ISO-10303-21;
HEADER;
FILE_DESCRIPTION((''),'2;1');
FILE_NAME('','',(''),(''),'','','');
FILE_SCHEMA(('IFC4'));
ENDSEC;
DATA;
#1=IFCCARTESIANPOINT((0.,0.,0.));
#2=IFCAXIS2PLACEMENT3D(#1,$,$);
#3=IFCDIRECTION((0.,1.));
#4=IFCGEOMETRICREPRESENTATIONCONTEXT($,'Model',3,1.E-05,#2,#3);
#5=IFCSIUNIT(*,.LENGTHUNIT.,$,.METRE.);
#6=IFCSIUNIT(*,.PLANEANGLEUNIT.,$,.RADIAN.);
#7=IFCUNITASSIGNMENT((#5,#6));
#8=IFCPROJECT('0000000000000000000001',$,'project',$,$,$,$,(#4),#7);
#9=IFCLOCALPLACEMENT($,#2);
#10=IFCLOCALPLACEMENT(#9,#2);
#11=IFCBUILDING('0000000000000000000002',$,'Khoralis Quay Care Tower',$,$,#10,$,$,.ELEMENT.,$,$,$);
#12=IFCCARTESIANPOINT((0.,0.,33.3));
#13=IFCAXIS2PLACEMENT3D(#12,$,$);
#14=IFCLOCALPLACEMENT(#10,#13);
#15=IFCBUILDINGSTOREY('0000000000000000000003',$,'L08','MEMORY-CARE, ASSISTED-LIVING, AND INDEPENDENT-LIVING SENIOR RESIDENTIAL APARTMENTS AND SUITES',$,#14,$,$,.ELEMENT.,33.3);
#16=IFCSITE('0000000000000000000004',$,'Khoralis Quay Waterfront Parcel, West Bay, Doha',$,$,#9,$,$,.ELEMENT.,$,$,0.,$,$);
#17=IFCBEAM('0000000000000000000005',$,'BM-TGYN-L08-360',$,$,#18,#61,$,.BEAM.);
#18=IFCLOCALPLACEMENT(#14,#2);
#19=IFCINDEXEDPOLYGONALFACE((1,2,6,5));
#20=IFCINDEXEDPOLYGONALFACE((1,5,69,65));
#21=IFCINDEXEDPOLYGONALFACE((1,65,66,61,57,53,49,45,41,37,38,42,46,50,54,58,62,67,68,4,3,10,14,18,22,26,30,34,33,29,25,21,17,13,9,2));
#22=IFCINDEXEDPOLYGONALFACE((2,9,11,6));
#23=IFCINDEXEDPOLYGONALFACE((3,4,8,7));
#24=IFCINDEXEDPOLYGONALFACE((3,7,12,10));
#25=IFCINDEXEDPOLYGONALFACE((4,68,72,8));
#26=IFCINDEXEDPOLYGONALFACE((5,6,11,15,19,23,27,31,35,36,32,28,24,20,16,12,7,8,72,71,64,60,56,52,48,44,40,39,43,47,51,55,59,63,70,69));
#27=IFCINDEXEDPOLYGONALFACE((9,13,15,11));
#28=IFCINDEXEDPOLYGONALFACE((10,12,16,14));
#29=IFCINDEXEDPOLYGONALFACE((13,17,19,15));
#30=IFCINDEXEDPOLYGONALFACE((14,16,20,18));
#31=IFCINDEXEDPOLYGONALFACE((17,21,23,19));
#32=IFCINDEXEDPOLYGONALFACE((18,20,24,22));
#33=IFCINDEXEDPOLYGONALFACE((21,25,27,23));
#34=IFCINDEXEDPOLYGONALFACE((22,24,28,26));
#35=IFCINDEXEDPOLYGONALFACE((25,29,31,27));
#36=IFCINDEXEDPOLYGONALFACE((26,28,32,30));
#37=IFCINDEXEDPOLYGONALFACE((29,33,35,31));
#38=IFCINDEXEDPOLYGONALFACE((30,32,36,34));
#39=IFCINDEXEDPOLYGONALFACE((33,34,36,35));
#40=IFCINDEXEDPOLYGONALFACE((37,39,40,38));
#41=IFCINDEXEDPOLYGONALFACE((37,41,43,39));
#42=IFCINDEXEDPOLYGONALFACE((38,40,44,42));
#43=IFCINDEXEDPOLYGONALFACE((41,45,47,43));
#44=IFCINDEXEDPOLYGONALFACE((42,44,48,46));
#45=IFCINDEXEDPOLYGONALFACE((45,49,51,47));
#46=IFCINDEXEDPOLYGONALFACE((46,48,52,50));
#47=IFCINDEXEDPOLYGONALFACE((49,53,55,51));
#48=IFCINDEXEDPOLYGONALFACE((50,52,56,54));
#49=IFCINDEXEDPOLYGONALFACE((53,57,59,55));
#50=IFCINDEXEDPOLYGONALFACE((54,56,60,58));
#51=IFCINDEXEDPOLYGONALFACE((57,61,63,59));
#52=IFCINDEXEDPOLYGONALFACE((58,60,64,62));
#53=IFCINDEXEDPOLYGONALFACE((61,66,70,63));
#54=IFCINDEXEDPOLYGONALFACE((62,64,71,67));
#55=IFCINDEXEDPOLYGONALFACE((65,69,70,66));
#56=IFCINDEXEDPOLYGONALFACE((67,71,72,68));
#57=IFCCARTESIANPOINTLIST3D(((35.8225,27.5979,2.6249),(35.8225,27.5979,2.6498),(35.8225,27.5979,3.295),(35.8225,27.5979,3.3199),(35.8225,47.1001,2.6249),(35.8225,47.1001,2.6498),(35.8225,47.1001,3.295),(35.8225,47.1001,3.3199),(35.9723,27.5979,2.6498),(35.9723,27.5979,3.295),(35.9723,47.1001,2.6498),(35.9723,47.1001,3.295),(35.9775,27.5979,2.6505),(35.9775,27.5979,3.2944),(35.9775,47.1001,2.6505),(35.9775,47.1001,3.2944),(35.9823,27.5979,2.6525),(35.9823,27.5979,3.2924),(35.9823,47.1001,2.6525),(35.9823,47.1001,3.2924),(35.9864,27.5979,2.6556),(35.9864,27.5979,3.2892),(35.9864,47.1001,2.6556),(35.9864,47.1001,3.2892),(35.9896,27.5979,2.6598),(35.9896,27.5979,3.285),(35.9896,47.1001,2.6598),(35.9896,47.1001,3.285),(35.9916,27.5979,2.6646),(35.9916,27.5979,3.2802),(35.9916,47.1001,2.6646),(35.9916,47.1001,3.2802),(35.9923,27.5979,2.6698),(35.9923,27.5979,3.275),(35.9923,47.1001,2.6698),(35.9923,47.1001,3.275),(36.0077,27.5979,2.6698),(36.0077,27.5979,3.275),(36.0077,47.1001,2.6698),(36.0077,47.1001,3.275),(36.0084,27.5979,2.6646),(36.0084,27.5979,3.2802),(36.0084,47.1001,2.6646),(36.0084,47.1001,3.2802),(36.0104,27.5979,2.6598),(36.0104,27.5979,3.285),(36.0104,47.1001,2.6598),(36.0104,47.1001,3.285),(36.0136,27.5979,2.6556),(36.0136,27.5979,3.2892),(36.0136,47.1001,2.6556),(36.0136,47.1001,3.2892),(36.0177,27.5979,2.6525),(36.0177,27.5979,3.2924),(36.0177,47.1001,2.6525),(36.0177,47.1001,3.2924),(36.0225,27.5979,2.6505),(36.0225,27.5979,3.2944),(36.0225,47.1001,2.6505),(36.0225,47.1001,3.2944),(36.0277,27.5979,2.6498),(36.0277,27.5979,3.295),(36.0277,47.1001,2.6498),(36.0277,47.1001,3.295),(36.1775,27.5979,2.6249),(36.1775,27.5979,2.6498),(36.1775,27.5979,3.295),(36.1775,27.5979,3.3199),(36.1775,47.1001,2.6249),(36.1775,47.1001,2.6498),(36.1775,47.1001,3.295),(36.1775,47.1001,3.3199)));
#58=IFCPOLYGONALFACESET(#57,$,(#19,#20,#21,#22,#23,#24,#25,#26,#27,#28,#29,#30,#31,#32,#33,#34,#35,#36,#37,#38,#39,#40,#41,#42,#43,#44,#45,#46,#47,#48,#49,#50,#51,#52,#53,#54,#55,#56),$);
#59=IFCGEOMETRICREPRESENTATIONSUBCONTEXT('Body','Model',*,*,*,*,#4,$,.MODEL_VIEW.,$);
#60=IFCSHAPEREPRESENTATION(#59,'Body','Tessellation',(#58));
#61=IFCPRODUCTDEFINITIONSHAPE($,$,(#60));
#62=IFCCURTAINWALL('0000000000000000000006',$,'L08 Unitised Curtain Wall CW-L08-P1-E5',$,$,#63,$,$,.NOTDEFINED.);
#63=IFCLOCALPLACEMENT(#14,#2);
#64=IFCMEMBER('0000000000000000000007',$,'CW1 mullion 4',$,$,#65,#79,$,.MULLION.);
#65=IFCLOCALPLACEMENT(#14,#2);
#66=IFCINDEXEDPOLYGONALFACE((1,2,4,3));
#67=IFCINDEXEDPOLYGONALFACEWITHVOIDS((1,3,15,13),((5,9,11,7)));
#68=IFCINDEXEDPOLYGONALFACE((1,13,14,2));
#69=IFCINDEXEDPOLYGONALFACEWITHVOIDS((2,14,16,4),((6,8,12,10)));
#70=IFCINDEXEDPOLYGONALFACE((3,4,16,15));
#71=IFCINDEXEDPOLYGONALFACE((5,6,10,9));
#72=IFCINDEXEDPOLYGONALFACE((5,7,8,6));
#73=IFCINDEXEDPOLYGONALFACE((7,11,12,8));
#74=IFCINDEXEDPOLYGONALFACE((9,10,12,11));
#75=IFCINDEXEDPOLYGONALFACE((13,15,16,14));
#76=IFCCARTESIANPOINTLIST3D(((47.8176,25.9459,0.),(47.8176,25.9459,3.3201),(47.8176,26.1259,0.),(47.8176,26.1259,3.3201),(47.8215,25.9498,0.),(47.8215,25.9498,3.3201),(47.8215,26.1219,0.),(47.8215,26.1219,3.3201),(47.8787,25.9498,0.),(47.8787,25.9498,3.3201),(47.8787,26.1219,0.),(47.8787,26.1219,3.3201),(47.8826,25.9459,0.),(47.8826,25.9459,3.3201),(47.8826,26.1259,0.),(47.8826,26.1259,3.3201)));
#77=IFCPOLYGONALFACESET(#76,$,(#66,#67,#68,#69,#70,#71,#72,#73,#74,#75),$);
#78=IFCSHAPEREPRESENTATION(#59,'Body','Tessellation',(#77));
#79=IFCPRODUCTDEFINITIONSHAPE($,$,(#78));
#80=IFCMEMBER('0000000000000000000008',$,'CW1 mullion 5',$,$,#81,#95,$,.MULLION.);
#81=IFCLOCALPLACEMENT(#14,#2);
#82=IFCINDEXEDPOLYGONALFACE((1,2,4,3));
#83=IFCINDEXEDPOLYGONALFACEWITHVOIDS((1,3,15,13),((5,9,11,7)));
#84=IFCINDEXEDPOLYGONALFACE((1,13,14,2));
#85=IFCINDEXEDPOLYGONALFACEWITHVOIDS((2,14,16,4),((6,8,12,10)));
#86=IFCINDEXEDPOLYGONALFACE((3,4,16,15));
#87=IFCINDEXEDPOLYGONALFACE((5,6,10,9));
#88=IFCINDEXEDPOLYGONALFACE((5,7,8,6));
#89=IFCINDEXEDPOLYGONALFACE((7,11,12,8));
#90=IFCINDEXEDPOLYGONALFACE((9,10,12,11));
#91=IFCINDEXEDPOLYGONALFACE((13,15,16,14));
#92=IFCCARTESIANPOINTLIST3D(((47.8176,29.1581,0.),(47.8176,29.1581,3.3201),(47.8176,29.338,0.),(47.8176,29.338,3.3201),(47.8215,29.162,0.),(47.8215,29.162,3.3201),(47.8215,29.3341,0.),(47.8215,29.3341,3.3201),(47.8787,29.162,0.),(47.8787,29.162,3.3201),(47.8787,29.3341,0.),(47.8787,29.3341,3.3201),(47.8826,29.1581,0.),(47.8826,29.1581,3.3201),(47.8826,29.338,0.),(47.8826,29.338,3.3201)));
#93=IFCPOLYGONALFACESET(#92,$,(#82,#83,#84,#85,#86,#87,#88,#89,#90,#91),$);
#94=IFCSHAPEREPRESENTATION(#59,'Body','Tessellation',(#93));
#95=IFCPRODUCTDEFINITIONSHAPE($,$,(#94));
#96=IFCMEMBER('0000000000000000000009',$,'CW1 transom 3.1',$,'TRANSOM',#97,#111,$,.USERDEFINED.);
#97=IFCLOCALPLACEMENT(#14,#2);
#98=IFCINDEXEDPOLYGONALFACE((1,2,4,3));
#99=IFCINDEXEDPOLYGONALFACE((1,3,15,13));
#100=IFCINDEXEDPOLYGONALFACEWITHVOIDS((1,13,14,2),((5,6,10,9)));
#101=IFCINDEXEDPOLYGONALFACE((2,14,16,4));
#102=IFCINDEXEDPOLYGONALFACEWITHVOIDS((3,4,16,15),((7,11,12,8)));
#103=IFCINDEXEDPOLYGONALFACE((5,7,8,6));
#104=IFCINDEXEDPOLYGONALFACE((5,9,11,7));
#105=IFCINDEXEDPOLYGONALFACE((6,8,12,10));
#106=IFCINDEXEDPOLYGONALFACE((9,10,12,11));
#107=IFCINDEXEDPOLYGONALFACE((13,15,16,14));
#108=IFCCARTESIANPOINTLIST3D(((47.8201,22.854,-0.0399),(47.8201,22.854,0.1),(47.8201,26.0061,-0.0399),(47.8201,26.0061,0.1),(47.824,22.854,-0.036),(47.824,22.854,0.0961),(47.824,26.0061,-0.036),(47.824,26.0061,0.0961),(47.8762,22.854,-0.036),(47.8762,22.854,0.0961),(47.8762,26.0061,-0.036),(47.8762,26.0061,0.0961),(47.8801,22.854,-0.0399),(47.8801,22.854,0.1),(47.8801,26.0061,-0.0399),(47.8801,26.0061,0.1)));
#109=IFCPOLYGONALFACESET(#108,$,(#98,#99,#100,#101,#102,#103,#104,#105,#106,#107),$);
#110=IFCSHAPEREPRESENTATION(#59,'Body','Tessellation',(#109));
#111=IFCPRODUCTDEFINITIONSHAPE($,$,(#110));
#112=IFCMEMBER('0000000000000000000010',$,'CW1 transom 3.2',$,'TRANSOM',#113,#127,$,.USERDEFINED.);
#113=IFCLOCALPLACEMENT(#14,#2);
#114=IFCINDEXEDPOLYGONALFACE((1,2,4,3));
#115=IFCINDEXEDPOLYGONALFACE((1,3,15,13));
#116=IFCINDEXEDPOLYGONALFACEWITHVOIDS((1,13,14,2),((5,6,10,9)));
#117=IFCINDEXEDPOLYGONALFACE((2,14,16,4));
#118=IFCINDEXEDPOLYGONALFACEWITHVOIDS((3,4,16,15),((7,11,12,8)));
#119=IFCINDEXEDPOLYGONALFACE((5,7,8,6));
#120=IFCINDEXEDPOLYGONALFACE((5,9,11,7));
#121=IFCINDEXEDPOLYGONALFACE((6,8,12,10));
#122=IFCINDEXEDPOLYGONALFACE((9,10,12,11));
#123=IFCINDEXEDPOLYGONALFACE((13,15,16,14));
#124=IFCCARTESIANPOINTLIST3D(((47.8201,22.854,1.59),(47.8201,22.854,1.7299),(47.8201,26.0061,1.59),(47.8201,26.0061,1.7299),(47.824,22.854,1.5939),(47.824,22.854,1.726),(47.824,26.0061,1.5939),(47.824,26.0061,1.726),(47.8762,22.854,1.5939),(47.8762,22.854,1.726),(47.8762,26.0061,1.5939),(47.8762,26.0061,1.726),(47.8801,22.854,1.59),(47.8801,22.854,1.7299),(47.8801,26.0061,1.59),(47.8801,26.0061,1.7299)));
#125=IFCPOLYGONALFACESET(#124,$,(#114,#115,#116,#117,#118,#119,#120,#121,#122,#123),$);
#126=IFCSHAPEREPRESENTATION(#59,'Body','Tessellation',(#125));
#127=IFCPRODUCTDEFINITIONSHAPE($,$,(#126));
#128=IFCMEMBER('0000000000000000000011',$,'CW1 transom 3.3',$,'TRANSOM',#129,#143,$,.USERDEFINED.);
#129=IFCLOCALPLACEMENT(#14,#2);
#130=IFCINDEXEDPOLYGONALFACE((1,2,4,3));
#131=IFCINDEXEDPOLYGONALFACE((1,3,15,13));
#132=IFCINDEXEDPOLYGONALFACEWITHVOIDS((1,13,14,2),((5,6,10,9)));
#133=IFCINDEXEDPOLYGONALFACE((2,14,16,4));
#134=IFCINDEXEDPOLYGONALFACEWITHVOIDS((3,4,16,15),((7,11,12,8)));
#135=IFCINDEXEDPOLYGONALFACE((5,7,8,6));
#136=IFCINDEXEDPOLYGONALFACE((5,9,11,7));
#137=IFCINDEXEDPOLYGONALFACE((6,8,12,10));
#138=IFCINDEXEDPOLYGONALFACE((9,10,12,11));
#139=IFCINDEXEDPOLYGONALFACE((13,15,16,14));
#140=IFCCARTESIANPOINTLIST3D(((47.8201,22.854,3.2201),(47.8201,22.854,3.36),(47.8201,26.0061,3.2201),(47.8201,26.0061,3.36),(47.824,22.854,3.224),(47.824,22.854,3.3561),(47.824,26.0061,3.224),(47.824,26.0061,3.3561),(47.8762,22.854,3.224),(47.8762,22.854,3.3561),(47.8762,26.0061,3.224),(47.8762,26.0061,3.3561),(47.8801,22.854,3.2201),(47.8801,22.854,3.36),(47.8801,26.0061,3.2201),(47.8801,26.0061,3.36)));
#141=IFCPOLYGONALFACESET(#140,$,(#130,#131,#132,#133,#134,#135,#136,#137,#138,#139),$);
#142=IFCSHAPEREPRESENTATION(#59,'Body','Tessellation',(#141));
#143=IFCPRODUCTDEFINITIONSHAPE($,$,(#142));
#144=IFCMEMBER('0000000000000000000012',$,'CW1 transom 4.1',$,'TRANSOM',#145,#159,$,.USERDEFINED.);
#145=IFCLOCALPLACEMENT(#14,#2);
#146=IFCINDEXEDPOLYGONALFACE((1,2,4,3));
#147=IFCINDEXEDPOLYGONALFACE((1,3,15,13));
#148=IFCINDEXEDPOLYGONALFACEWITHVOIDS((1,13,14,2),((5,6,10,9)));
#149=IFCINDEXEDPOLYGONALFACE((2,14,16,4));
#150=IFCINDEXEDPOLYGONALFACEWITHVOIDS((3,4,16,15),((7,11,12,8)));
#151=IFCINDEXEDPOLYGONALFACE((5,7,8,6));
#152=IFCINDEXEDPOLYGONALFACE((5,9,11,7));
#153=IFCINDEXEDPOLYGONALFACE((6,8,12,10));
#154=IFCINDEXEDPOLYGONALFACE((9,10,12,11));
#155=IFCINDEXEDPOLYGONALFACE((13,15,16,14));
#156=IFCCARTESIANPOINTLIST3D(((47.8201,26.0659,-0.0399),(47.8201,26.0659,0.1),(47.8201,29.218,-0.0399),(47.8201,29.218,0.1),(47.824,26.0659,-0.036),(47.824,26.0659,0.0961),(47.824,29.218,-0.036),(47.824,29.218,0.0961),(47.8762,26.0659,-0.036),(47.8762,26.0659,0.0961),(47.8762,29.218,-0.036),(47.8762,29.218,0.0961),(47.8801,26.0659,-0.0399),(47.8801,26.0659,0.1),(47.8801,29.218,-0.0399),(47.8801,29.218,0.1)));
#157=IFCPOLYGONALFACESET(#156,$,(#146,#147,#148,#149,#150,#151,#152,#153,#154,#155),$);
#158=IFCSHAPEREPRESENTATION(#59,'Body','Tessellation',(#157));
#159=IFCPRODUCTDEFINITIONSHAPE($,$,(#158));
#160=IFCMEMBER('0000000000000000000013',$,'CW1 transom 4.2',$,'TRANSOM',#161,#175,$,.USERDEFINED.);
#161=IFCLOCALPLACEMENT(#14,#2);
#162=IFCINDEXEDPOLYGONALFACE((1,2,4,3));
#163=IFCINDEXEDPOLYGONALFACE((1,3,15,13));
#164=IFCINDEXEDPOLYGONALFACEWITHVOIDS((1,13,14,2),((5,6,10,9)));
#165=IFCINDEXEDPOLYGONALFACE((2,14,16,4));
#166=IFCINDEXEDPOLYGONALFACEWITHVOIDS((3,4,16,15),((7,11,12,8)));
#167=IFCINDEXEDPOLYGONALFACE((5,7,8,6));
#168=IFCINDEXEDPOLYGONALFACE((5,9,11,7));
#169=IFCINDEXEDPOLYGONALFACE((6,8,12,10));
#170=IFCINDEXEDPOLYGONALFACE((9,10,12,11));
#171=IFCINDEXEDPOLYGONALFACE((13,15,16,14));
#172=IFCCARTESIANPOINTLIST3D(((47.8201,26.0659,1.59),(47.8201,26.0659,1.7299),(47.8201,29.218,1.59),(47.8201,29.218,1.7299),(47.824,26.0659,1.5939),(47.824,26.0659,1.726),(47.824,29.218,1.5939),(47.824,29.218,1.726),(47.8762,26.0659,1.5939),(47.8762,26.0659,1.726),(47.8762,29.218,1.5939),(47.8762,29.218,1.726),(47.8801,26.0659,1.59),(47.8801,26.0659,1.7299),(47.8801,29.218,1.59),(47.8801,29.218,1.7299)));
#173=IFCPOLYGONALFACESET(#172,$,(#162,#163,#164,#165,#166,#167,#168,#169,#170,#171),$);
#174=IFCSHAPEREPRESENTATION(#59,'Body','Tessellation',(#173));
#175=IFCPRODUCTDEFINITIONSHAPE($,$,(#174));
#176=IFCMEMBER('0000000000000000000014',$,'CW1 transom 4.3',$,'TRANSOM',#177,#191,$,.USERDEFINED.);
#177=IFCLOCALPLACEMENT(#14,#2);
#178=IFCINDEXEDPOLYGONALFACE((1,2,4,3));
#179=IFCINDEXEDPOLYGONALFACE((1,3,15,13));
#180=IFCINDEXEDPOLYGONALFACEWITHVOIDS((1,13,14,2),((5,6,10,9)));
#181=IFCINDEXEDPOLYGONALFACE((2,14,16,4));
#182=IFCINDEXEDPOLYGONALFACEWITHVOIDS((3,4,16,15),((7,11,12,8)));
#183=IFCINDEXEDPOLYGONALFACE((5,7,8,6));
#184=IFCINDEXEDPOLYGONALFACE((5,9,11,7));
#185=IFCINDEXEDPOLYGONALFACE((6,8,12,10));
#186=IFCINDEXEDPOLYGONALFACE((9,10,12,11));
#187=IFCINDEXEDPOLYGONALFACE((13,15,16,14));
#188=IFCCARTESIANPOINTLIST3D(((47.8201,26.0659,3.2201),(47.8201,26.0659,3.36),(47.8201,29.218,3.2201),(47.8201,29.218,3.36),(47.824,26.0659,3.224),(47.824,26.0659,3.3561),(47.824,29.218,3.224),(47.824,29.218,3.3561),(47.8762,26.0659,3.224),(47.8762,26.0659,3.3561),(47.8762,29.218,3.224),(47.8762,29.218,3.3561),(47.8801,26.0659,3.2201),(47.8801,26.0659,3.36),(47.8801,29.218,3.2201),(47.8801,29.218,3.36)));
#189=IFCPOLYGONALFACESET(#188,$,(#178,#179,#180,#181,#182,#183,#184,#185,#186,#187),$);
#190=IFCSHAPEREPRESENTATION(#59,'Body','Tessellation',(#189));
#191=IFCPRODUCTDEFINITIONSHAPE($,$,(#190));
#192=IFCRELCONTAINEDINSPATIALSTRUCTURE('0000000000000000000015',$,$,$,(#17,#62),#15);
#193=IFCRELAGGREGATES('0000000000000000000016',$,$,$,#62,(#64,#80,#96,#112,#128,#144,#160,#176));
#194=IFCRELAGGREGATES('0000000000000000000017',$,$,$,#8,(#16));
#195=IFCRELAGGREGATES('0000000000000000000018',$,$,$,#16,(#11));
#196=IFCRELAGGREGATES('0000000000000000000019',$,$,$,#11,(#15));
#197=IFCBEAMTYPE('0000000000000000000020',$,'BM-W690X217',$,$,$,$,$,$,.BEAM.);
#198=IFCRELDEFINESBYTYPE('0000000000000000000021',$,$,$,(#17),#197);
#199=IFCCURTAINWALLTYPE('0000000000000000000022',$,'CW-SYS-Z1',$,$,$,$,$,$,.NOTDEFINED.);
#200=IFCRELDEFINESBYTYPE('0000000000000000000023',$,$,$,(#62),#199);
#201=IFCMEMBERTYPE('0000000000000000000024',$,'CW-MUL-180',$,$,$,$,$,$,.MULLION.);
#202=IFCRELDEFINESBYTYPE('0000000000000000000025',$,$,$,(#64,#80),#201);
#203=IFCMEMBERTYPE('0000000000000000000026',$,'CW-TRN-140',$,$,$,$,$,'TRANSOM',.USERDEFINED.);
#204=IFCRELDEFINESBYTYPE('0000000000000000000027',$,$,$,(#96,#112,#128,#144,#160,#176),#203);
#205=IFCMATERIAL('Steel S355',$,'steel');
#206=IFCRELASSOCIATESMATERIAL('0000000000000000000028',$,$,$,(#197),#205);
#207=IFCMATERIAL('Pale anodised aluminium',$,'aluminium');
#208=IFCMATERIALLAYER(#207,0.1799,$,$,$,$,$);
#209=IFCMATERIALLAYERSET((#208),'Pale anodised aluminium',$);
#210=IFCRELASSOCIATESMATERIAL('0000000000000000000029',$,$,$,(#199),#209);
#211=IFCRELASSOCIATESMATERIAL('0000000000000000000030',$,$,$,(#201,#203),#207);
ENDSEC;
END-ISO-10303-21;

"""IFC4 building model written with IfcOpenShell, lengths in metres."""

from ifc_helpers import new_model, si_unit, direction, frame, origin, origin_2d, place, context, subcontext, project, spatial, hollow_rectangle, i_section, extrude, source, transform, mapped, material, layer, layer_set, material_profile, profile_set, type_object, element, aggregate, save


model = new_model("IFC4")

# Units and contexts
model_context = context("Model", 3, precision=1e-05, world=origin(), true_north=direction((0.0, 1.0)))
body_context = subcontext(model_context, "Body", "Model", "MODEL_VIEW")
ifc_project = project(units=[si_unit("LENGTHUNIT", "METRE"), si_unit("PLANEANGLEUNIT", "RADIAN")], contexts=[model_context])

# Site, building, storey
site_placement = place(None, origin())
site = spatial("IfcSite", under=ifc_project, at=site_placement, Name="Khoralis Quay Waterfront Parcel, West Bay, Doha", CompositionType="ELEMENT", RefElevation=0.0)
building_placement = place(site_placement, origin())
building = spatial("IfcBuilding", under=site, at=building_placement, Name="Khoralis Quay Care Tower", CompositionType="ELEMENT")
storey_placement = place(building_placement, frame((0.0, 0.0, 33.3)))
storey = spatial("IfcBuildingStorey", under=building, at=storey_placement, Name="L08", Description="MEMORY-CARE, ASSISTED-LIVING, AND INDEPENDENT-LIVING SENIOR RESIDENTIAL APARTMENTS AND SUITES", CompositionType="ELEMENT", Elevation=33.3)

# Beam
ifc_material_1 = material(Name="Steel S355", Category="steel")
ifc_material_profile_1 = material_profile(ifc_material_1, i_section(OverallWidth=0.355, OverallDepth=0.6951, WebThickness=0.0154, FlangeThickness=0.0249, FilletRadius=0.02, at=origin_2d()), Name="Steel S355")
ifc_profile_set_1 = profile_set([ifc_material_profile_1], Name="Steel S355")
beam_type_1 = type_object("IfcBeamType", Name="BM-W690X217", PredefinedType="BEAM", material=ifc_profile_set_1)
shared_shape_1 = source(origin(), body_context, "Body", "SweptSolid", [
    extrude(i_section(OverallWidth=0.355, OverallDepth=0.6951, WebThickness=0.0154, FlangeThickness=0.0249, FilletRadius=0.02, at=origin_2d()), origin(), (0.0, 0.0, 1.0), 19.5022),
])
beam_1_placement = place(storey_placement, frame((36.0, 27.5979, 2.9724), z_axis=(0.0, 1.0, 0.0), x_axis=(-1.0, 0.0, 0.0)))
element("IfcBeam", 1, at=beam_1_placement, inside=storey, type_object=beam_type_1, Name="BM-TGYN-L08-360", PredefinedType="BEAM", context=body_context, shape_type="MappedRepresentation", body=[
    mapped(shared_shape_1, transform((0.0, 0.0, 0.0), scale=1.0)),
])

# Curtain wall, members
ifc_material_2 = material(Name="Pale anodised aluminium", Category="aluminium")
ifc_layer_1 = layer(ifc_material_2, 0.1799)
ifc_layer_set_1 = layer_set([ifc_layer_1], Name="Pale anodised aluminium")
curtain_wall_type = type_object("IfcCurtainWallType", Name="CW-SYS-Z1", PredefinedType="NOTDEFINED", material=ifc_layer_set_1)
curtain_wall_placement = place(storey_placement, origin())
curtain_wall = element("IfcCurtainWall", 2, at=curtain_wall_placement, inside=storey, type_object=curtain_wall_type, Name="L08 Unitised Curtain Wall CW-L08-P1-E5", PredefinedType="NOTDEFINED")
ifc_material_profile_2 = material_profile(ifc_material_2, hollow_rectangle(XDim=0.0649, YDim=0.1799, WallThickness=0.0039, at=origin_2d()), Name="Pale anodised aluminium")
ifc_profile_set_2 = profile_set([ifc_material_profile_2], Name="Pale anodised aluminium")
member_type_1 = type_object("IfcMemberType", Name="CW-MUL-180", PredefinedType="MULLION", material=ifc_profile_set_2)
shared_shape_2 = source(origin(), body_context, "Body", "SweptSolid", [
    extrude(hollow_rectangle(XDim=0.0649, YDim=0.1799, WallThickness=0.0039, at=origin_2d()), origin(), (0.0, 0.0, 1.0), 3.3201),
])
member_1_placement = place(storey_placement, frame((47.8501, 26.0359, 0.0), z_axis=(0.0, 0.0, 1.0), x_axis=(-1.0, 0.0, 0.0)))
member_1 = element("IfcMember", 3, at=member_1_placement, type_object=member_type_1, Name="CW1 mullion 4", PredefinedType="MULLION", context=body_context, shape_type="MappedRepresentation", body=[
    mapped(shared_shape_2, transform((0.0, 0.0, 0.0), scale=1.0)),
])
member_2_placement = place(storey_placement, frame((47.8501, 29.248, 0.0), z_axis=(0.0, 0.0, 1.0), x_axis=(-1.0, 0.0, 0.0)))
member_2 = element("IfcMember", 4, at=member_2_placement, type_object=member_type_1, Name="CW1 mullion 5", PredefinedType="MULLION", context=body_context, shape_type="MappedRepresentation", body=[
    mapped(shared_shape_2, transform((0.0, 0.0, 0.0), scale=1.0)),
])
ifc_material_profile_3 = material_profile(ifc_material_2, hollow_rectangle(XDim=0.0601, YDim=0.1399, WallThickness=0.0039, at=origin_2d()), Name="Pale anodised aluminium")
ifc_profile_set_3 = profile_set([ifc_material_profile_3], Name="Pale anodised aluminium")
member_type_2 = type_object("IfcMemberType", Name="CW-TRN-140", ElementType="TRANSOM", PredefinedType="USERDEFINED", material=ifc_profile_set_3)
shared_shape_3 = source(origin(), body_context, "Body", "SweptSolid", [
    extrude(hollow_rectangle(XDim=0.0601, YDim=0.1399, WallThickness=0.0039, at=origin_2d()), origin(), (0.0, 0.0, 1.0), 3.1521),
])
member_3_placement = place(storey_placement, frame((47.8501, 22.854, 0.03), z_axis=(0.0, 1.0, 0.0), x_axis=(-1.0, 0.0, 0.0)))
member_3 = element("IfcMember", 5, at=member_3_placement, type_object=member_type_2, Name="CW1 transom 3.1", ObjectType="TRANSOM", PredefinedType="USERDEFINED", context=body_context, shape_type="MappedRepresentation", body=[
    mapped(shared_shape_3, transform((0.0, 0.0, 0.0), scale=1.0)),
])
member_4_placement = place(storey_placement, frame((47.8501, 22.854, 1.6599), z_axis=(0.0, 1.0, 0.0), x_axis=(-1.0, 0.0, 0.0)))
member_4 = element("IfcMember", 6, at=member_4_placement, type_object=member_type_2, Name="CW1 transom 3.2", ObjectType="TRANSOM", PredefinedType="USERDEFINED", context=body_context, shape_type="MappedRepresentation", body=[
    mapped(shared_shape_3, transform((0.0, 0.0, 0.0), scale=1.0)),
])
member_5_placement = place(storey_placement, frame((47.8501, 22.854, 3.29), z_axis=(0.0, 1.0, 0.0), x_axis=(-1.0, 0.0, 0.0)))
member_5 = element("IfcMember", 7, at=member_5_placement, type_object=member_type_2, Name="CW1 transom 3.3", ObjectType="TRANSOM", PredefinedType="USERDEFINED", context=body_context, shape_type="MappedRepresentation", body=[
    mapped(shared_shape_3, transform((0.0, 0.0, 0.0), scale=1.0)),
])
member_6_placement = place(storey_placement, frame((47.8501, 26.0659, 0.03), z_axis=(0.0, 1.0, 0.0), x_axis=(-1.0, 0.0, 0.0)))
member_6 = element("IfcMember", 8, at=member_6_placement, type_object=member_type_2, Name="CW1 transom 4.1", ObjectType="TRANSOM", PredefinedType="USERDEFINED", context=body_context, shape_type="MappedRepresentation", body=[
    mapped(shared_shape_3, transform((0.0, 0.0, 0.0), scale=1.0)),
])
member_7_placement = place(storey_placement, frame((47.8501, 26.0659, 1.6599), z_axis=(0.0, 1.0, 0.0), x_axis=(-1.0, 0.0, 0.0)))
member_7 = element("IfcMember", 9, at=member_7_placement, type_object=member_type_2, Name="CW1 transom 4.2", ObjectType="TRANSOM", PredefinedType="USERDEFINED", context=body_context, shape_type="MappedRepresentation", body=[
    mapped(shared_shape_3, transform((0.0, 0.0, 0.0), scale=1.0)),
])
member_8_placement = place(storey_placement, frame((47.8501, 26.0659, 3.29), z_axis=(0.0, 1.0, 0.0), x_axis=(-1.0, 0.0, 0.0)))
member_8 = element("IfcMember", 10, at=member_8_placement, type_object=member_type_2, Name="CW1 transom 4.3", ObjectType="TRANSOM", PredefinedType="USERDEFINED", context=body_context, shape_type="MappedRepresentation", body=[
    mapped(shared_shape_3, transform((0.0, 0.0, 0.0), scale=1.0)),
])
aggregate(curtain_wall, [member_1, member_2, member_3, member_4, member_5, member_6, member_7, member_8])

save(model, "model.ifc")
